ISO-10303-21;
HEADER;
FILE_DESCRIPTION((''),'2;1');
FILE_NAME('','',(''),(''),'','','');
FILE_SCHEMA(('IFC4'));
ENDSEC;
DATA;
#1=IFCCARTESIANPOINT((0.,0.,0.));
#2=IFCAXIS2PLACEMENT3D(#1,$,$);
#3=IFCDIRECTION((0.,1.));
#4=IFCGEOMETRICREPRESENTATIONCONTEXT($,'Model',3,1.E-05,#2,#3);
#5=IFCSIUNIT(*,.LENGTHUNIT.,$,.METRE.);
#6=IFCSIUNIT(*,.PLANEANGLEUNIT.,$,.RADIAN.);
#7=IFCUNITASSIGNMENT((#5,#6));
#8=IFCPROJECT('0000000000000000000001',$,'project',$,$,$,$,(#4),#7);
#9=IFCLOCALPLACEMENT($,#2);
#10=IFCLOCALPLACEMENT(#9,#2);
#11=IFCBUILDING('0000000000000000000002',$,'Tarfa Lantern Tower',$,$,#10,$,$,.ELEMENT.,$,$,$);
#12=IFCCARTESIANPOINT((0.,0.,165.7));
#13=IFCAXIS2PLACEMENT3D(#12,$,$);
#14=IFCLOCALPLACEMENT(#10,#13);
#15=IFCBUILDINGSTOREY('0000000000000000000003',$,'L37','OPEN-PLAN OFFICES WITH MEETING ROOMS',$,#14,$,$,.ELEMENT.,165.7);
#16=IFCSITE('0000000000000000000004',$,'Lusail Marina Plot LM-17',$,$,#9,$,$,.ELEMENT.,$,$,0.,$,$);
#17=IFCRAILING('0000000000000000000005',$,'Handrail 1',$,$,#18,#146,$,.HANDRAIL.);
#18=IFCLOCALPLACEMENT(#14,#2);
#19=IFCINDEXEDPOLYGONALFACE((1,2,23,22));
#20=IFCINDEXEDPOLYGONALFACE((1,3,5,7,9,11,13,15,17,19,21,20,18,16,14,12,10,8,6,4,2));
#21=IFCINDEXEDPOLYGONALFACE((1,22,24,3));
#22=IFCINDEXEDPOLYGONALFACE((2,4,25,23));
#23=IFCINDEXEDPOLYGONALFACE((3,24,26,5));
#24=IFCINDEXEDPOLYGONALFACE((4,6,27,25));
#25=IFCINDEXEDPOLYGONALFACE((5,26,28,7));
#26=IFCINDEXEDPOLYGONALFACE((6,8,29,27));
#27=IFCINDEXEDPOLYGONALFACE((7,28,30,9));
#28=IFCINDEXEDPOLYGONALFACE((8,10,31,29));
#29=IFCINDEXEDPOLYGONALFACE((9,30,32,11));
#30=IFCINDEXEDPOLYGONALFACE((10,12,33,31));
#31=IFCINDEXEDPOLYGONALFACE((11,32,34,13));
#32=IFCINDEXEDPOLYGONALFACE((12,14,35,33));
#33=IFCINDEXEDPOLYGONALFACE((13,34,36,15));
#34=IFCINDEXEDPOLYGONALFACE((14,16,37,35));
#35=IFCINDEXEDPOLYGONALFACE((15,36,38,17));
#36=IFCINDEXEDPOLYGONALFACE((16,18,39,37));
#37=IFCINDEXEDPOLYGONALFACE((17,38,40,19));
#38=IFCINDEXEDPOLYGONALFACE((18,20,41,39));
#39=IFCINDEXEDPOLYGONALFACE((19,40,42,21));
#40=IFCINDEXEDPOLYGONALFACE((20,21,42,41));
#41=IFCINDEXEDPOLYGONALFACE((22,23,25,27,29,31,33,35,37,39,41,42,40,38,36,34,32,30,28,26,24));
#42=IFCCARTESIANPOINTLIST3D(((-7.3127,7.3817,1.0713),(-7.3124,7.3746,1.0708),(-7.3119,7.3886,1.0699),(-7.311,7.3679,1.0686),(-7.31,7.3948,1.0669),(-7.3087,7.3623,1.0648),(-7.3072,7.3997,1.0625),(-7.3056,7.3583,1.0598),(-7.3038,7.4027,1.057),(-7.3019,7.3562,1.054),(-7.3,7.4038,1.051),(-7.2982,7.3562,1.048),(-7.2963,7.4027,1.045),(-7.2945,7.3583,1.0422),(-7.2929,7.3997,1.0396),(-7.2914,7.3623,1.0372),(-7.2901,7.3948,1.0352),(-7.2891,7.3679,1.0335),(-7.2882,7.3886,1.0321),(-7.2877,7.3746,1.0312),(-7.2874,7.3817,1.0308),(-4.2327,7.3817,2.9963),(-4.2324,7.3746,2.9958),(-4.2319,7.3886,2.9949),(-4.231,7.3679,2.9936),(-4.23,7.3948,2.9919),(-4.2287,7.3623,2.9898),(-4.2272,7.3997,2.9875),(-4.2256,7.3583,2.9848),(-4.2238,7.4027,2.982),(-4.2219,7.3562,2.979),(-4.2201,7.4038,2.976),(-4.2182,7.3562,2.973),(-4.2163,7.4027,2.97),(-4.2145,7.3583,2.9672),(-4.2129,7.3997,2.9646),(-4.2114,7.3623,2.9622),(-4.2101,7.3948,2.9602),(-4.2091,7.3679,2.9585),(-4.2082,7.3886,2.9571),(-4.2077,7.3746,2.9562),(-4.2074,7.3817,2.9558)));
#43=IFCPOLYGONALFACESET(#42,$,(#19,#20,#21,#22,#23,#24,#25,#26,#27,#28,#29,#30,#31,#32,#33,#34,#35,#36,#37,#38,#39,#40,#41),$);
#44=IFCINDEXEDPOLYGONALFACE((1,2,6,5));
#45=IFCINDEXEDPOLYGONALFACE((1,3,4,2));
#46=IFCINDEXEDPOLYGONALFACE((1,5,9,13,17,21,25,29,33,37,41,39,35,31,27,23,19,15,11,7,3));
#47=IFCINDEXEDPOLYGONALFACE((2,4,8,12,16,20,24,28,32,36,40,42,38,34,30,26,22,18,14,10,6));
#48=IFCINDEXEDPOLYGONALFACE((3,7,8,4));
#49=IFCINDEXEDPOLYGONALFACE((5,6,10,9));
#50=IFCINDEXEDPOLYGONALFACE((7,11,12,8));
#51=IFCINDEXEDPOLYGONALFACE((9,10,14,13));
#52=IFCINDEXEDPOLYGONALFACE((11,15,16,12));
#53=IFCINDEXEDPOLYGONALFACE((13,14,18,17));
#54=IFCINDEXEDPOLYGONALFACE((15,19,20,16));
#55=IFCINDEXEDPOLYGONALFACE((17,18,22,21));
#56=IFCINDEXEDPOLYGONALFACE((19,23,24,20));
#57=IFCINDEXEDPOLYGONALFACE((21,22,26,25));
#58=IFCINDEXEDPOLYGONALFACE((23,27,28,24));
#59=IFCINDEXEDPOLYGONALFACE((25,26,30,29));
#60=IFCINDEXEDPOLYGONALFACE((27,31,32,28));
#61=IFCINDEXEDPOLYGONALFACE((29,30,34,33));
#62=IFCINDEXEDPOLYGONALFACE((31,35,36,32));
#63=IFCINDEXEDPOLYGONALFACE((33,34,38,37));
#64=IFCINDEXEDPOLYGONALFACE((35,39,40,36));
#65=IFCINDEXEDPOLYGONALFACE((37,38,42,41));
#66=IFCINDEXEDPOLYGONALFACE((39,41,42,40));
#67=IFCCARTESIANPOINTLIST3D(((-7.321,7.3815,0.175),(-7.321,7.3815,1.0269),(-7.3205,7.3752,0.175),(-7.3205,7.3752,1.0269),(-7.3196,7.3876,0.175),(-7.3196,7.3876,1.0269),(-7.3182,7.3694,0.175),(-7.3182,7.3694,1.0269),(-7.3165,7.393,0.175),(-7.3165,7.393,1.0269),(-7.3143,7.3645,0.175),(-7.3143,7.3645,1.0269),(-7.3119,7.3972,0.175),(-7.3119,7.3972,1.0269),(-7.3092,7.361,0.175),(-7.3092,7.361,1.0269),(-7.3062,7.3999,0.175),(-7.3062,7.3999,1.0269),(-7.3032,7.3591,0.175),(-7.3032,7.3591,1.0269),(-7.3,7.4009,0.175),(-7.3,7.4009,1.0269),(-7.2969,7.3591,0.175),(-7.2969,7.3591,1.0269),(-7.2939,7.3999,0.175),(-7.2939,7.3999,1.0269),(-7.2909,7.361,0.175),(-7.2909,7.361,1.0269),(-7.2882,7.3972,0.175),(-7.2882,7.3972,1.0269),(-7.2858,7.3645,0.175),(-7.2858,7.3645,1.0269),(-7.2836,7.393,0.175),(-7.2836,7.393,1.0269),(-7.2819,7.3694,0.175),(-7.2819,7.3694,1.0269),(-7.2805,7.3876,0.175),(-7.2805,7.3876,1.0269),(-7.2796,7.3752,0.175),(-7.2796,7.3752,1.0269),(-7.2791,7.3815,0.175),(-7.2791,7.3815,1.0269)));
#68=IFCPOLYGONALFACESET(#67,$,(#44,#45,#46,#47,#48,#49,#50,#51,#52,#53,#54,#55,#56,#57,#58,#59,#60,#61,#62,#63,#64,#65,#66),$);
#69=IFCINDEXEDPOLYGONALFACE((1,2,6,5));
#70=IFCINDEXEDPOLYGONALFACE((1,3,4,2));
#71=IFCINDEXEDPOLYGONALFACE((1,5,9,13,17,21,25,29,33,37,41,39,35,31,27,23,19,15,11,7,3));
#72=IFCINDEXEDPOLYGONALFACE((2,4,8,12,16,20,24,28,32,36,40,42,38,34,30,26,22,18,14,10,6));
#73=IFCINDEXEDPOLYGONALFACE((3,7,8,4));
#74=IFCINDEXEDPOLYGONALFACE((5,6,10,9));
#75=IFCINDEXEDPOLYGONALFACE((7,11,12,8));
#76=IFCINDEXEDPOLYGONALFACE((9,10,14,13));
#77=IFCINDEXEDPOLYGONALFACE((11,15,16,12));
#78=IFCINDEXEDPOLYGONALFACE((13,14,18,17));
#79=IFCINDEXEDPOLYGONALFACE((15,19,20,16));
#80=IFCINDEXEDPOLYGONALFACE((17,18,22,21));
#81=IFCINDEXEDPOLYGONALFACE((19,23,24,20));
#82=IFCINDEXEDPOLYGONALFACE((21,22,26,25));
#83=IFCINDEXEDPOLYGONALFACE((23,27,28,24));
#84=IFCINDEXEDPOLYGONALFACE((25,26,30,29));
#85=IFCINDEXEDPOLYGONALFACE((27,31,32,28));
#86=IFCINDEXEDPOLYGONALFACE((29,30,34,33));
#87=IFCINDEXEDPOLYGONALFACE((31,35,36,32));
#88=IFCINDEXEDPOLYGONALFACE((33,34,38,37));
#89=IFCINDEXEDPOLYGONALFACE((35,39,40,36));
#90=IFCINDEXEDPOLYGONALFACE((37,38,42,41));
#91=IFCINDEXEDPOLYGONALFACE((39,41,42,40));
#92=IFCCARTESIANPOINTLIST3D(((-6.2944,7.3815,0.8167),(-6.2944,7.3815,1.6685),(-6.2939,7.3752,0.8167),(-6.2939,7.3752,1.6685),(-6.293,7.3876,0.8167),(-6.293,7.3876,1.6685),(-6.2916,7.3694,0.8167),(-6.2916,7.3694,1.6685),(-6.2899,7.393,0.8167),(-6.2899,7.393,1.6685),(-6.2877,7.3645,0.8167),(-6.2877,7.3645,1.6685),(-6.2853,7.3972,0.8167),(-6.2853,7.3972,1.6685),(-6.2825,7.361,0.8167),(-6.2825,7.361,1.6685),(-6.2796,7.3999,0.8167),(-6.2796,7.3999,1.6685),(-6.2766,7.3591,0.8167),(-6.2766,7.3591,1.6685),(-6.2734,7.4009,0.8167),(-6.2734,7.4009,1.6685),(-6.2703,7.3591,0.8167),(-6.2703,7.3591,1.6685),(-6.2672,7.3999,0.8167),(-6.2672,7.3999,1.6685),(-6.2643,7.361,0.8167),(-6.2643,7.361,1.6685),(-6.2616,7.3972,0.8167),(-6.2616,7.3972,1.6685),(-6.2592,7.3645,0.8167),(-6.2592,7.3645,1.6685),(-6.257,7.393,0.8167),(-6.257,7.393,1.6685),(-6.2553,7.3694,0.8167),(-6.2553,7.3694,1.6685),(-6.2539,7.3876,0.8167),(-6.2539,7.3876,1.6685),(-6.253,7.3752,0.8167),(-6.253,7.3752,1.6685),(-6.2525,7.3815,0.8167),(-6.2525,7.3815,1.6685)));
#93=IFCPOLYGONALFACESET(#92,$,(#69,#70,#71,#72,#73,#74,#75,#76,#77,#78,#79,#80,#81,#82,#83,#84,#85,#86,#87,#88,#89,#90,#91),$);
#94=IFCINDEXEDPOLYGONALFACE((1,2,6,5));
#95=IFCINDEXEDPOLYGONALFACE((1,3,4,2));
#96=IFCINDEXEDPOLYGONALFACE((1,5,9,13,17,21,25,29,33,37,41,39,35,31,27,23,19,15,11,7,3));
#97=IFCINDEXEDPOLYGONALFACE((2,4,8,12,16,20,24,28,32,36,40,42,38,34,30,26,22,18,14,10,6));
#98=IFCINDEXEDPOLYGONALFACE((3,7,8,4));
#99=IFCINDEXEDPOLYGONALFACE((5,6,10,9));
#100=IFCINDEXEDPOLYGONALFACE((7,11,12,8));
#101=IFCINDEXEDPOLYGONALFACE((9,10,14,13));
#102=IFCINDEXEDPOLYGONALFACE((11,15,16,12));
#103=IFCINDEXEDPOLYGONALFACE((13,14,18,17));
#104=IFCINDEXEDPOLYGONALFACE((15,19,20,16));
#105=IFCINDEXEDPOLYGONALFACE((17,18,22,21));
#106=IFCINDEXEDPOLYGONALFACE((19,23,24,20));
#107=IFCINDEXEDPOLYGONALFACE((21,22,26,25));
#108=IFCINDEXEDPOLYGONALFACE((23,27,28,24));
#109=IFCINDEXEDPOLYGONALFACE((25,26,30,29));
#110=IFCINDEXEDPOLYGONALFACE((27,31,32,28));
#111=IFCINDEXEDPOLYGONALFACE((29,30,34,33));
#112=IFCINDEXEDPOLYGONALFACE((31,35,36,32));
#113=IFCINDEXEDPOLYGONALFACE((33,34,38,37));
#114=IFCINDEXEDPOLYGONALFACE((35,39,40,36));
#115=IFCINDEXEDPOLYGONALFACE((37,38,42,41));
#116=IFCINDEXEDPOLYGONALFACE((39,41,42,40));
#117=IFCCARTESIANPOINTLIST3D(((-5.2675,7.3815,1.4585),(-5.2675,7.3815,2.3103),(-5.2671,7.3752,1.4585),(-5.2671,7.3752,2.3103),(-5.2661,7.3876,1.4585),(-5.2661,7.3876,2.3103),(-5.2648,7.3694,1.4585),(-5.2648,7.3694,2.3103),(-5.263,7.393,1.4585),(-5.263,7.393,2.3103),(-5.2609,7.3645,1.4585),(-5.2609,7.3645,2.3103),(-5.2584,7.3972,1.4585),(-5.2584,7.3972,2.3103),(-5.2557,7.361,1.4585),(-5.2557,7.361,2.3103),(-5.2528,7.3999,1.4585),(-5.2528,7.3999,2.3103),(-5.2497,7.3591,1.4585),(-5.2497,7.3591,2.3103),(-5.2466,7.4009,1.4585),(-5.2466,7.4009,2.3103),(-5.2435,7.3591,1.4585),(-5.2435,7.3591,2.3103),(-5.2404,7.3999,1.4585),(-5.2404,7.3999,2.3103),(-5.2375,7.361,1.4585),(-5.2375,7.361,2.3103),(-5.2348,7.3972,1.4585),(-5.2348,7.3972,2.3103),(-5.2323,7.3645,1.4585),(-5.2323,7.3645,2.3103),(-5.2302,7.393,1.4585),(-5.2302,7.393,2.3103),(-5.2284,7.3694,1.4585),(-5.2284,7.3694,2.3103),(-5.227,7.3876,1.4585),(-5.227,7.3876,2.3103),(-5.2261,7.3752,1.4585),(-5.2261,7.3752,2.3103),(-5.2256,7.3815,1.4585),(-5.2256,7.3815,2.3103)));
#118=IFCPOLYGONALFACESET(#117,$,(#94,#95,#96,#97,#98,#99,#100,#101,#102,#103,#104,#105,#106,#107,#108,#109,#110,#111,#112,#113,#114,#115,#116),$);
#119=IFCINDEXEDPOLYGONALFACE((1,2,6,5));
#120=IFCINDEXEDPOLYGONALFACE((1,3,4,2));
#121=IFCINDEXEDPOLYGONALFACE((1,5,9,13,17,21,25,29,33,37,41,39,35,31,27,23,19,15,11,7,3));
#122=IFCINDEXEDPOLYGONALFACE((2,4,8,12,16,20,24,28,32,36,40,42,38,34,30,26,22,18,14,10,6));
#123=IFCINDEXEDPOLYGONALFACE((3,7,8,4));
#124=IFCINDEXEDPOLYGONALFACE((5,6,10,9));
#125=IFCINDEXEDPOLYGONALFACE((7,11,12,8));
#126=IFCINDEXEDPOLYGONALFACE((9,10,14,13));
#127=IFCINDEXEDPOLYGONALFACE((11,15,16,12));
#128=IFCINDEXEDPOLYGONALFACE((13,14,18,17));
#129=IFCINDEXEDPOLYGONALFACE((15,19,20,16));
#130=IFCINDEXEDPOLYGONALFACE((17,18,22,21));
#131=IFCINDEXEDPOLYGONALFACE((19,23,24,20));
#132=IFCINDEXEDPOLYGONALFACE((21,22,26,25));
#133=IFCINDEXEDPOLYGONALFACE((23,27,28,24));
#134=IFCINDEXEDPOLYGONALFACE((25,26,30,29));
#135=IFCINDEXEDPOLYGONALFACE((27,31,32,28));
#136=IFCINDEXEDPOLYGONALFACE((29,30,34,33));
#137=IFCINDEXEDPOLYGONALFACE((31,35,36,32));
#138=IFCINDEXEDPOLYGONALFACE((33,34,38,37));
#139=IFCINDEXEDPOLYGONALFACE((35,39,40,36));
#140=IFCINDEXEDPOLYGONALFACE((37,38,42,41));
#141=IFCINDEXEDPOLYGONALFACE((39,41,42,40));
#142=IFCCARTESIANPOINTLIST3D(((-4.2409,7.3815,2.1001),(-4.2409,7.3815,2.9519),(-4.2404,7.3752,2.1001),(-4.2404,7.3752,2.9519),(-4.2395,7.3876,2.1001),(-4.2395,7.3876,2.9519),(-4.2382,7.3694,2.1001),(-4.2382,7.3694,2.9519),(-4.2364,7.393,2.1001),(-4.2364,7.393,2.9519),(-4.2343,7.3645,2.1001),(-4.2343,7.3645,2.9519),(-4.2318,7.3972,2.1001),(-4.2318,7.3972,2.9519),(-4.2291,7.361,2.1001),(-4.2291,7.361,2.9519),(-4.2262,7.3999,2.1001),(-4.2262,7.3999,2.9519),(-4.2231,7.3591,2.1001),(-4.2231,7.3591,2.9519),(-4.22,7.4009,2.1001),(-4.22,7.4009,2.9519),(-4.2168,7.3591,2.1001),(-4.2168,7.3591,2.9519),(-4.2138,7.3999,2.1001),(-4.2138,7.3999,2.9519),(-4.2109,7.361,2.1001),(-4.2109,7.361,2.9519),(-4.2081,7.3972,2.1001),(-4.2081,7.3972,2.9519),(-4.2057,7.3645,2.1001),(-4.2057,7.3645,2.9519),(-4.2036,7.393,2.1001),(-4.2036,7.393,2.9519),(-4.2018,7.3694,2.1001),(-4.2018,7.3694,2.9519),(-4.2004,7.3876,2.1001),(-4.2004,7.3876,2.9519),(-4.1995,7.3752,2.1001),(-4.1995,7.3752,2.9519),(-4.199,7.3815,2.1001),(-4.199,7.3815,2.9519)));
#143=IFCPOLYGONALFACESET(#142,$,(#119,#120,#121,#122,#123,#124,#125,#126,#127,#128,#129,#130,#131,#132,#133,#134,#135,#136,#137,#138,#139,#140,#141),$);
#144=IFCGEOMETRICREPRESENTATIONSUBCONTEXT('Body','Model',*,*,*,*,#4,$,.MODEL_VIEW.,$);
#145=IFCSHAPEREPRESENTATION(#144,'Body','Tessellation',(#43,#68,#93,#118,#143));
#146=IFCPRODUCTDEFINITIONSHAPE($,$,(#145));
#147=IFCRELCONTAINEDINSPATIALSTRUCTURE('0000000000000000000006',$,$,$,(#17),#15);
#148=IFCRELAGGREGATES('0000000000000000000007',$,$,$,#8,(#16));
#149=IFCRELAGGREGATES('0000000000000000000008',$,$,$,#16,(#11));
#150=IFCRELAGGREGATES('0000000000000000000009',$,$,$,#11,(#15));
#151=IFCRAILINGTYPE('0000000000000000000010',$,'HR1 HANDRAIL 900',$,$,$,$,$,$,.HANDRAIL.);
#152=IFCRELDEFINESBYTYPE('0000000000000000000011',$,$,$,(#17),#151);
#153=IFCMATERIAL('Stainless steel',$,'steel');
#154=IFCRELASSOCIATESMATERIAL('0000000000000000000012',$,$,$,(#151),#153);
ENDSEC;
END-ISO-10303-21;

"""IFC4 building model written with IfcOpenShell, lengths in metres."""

from ifc_helpers import new_model, si_unit, direction, frame, origin, origin_2d, place, context, subcontext, project, spatial, circle, extrude, material, type_object, element, save


model = new_model("IFC4")

# Units and contexts
model_context = context("Model", 3, precision=1e-05, world=origin(), true_north=direction((0.0, 1.0)))
body_context = subcontext(model_context, "Body", "Model", "MODEL_VIEW")
ifc_project = project(units=[si_unit("LENGTHUNIT", "METRE"), si_unit("PLANEANGLEUNIT", "RADIAN")], contexts=[model_context])

# Site, building, storey
site_placement = place(None, origin())
site = spatial("IfcSite", under=ifc_project, at=site_placement, Name="Lusail Marina Plot LM-17", CompositionType="ELEMENT", RefElevation=0.0)
building_placement = place(site_placement, origin())
building = spatial("IfcBuilding", under=site, at=building_placement, Name="Tarfa Lantern Tower", CompositionType="ELEMENT")
storey_placement = place(building_placement, frame((0.0, 0.0, 165.7)))
storey = spatial("IfcBuildingStorey", under=building, at=storey_placement, Name="L37", Description="OPEN-PLAN OFFICES WITH MEETING ROOMS", CompositionType="ELEMENT", Elevation=165.7)

# Railing
ifc_material_1 = material(Name="Stainless steel", Category="steel")
railing_type = type_object("IfcRailingType", Name="HR1 HANDRAIL 900", PredefinedType="HANDRAIL", material=ifc_material_1)
railing_1_placement = place(storey_placement, frame((-7.3, 7.3799, 0.175)))
element("IfcRailing", 1, at=railing_1_placement, inside=storey, type_object=railing_type, Name="Handrail 1", PredefinedType="HANDRAIL", context=body_context, shape_type="SweptSolid", body=[
    extrude(circle(Radius=0.0239, at=origin_2d()), frame((0.0, 0.0, 0.876), z_axis=(0.847998, 0.0, 0.529999), x_axis=(0.0, 1.0, 0.0)), (0.0, 0.0, 1.0), 3.6321),
    extrude(circle(Radius=0.021, at=origin_2d()), frame((0.0, 0.0, 0.0), z_axis=(0.0, 0.0, 1.0), x_axis=(0.0, 1.0, 0.0)), (0.0, 0.0, 1.0), 0.8518),
    extrude(circle(Radius=0.021, at=origin_2d()), frame((1.0266, 0.0, 0.6416), z_axis=(0.0, 0.0, 1.0), x_axis=(0.0, 1.0, 0.0)), (0.0, 0.0, 1.0), 0.8518),
    extrude(circle(Radius=0.021, at=origin_2d()), frame((2.0535, 0.0, 1.2834), z_axis=(0.0, 0.0, 1.0), x_axis=(0.0, 1.0, 0.0)), (0.0, 0.0, 1.0), 0.8518),
    extrude(circle(Radius=0.021, at=origin_2d()), frame((3.0801, 0.0, 1.925), z_axis=(0.0, 0.0, 1.0), x_axis=(0.0, 1.0, 0.0)), (0.0, 0.0, 1.0), 0.8518),
])

save(model, "model.ifc")
